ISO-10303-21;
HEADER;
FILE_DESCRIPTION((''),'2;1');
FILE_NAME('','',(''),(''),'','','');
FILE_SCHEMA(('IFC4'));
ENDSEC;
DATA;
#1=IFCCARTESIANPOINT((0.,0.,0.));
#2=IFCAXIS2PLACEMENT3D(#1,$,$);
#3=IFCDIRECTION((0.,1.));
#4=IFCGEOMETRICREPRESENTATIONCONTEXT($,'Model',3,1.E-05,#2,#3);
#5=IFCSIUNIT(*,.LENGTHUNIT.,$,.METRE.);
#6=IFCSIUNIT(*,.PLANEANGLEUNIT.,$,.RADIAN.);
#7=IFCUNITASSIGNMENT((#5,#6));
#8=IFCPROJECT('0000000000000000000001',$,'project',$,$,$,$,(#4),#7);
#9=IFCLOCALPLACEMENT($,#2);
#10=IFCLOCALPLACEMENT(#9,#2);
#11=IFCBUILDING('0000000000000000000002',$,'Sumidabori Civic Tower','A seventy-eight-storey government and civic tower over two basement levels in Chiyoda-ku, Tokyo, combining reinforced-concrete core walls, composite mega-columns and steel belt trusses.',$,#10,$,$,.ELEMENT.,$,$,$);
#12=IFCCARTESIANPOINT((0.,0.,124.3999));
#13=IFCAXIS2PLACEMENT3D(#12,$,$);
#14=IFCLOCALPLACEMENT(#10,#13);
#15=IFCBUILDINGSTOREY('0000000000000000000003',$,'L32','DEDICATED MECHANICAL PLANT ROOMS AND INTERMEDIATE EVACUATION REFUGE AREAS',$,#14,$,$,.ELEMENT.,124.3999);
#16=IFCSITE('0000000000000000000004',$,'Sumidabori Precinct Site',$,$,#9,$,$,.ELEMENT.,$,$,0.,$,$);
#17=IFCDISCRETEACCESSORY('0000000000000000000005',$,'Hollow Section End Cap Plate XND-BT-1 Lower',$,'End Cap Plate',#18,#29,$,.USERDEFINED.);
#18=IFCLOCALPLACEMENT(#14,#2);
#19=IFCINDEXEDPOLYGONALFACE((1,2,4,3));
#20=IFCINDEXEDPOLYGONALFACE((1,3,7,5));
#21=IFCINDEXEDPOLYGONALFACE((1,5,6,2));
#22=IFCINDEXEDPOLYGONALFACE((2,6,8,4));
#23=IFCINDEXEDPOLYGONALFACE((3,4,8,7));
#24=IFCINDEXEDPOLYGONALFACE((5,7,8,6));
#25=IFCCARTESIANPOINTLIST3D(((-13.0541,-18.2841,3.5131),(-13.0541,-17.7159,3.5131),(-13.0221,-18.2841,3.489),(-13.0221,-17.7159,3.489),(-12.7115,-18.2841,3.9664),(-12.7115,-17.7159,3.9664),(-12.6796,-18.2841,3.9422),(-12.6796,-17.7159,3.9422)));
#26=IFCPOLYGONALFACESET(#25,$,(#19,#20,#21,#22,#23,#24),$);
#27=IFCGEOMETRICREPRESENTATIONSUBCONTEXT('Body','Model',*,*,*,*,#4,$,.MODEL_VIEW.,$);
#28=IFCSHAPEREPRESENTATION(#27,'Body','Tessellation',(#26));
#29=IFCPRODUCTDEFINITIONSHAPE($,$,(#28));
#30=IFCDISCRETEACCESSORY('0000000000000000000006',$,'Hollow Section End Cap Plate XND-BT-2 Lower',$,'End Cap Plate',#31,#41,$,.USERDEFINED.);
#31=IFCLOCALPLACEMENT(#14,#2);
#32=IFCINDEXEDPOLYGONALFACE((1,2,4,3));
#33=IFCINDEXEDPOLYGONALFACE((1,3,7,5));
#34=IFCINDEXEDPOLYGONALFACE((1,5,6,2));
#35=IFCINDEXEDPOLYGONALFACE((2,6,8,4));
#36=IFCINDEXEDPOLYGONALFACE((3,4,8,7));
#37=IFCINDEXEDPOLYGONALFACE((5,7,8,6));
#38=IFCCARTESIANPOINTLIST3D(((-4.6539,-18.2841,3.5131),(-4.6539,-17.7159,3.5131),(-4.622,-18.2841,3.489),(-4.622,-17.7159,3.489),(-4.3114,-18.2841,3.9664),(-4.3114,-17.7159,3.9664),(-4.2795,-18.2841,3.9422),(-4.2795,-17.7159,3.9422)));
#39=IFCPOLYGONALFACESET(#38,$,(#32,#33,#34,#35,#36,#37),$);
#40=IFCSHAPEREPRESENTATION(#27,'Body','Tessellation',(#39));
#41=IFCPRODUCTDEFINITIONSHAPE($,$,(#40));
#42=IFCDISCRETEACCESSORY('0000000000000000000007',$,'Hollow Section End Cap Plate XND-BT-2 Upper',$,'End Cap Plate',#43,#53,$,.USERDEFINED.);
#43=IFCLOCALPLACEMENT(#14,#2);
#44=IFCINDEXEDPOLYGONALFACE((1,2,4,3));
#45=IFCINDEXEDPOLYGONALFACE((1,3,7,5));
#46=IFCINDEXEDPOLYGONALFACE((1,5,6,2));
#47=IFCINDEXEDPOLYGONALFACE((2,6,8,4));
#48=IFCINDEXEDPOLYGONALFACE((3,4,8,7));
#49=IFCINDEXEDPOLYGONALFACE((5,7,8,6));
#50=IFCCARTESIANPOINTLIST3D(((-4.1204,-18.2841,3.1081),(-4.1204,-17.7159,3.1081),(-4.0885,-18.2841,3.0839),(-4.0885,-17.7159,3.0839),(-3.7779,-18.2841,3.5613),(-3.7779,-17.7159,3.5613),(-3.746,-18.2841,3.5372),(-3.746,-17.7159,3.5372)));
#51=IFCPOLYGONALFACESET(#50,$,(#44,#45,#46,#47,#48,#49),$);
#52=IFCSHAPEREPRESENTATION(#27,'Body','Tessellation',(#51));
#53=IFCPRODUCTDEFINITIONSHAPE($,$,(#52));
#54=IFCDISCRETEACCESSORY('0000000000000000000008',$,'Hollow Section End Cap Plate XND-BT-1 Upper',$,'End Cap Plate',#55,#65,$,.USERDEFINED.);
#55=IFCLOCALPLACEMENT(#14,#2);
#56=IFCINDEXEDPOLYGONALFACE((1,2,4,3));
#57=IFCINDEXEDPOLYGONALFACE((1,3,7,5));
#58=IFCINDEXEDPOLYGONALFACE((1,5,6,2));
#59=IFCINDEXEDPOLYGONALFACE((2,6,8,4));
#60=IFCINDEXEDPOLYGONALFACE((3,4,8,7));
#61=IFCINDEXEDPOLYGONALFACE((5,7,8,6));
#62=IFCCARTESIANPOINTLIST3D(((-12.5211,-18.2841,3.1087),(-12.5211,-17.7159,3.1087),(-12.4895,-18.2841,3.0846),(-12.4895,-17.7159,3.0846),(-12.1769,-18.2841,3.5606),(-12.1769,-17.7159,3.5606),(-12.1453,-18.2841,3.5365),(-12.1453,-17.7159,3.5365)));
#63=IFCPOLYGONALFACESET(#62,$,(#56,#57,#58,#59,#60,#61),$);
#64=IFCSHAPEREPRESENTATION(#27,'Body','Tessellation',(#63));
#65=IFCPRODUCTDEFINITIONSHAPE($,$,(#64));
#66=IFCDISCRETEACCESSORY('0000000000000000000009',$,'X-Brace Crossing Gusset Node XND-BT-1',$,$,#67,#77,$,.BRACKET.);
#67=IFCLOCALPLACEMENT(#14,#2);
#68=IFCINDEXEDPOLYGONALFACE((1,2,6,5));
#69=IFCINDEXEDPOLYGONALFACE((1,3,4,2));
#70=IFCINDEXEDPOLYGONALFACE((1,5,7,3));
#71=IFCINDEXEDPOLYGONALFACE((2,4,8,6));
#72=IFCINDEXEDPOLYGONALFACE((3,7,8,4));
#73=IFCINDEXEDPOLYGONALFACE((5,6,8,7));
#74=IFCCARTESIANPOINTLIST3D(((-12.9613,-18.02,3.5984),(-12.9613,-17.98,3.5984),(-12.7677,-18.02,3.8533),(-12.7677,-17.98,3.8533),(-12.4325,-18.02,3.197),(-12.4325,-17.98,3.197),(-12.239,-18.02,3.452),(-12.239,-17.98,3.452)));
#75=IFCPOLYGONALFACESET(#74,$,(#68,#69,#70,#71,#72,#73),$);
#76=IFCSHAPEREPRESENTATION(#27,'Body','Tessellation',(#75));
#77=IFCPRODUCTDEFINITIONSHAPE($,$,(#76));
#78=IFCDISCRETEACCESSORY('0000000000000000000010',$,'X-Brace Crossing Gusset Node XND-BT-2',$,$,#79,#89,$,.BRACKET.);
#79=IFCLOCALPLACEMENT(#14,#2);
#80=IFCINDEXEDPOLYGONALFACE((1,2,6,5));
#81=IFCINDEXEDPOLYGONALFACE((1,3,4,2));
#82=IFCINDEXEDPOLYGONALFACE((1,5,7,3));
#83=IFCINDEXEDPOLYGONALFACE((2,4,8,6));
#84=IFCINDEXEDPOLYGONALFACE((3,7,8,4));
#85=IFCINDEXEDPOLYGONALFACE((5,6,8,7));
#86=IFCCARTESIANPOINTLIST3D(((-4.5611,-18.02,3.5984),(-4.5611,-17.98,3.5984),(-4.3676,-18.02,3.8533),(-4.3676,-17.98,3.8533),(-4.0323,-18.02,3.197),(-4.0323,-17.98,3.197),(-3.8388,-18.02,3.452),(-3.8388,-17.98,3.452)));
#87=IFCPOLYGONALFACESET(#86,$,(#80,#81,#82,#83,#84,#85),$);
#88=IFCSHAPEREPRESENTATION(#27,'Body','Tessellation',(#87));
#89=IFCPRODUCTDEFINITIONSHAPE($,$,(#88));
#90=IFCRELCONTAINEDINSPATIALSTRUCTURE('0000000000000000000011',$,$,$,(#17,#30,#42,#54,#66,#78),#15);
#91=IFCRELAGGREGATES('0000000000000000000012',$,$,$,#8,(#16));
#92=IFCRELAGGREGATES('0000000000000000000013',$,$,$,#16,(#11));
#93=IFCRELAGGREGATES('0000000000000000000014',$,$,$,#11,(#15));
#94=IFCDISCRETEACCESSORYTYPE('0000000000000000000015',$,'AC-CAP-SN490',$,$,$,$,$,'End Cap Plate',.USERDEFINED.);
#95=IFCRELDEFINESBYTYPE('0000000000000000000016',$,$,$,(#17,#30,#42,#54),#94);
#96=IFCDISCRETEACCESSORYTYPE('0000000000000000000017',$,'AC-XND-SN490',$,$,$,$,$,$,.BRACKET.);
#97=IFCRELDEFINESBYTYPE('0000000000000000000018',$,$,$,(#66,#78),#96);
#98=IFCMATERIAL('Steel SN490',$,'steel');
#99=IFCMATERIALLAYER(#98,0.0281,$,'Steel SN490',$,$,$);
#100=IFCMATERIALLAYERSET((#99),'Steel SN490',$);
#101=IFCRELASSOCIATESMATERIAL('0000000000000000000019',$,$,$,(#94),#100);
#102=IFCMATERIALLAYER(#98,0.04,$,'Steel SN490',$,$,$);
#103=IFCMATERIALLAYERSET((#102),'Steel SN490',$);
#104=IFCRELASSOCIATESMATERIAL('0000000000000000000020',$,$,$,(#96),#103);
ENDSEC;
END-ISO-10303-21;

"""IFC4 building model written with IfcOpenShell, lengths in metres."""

from ifc_helpers import new_model, si_unit, direction, frame, origin, origin_2d, place, context, subcontext, project, spatial, rectangle, extrude, source, transform, mapped, material, layer, layer_set, type_object, element, save


model = new_model("IFC4")

# Units and contexts
model_context = context("Model", 3, precision=1e-05, world=origin(), true_north=direction((0.0, 1.0)))
body_context = subcontext(model_context, "Body", "Model", "MODEL_VIEW")
ifc_project = project(units=[si_unit("LENGTHUNIT", "METRE"), si_unit("PLANEANGLEUNIT", "RADIAN")], contexts=[model_context])

# Site, building, storey
site_placement = place(None, origin())
site = spatial("IfcSite", under=ifc_project, at=site_placement, Name="Sumidabori Precinct Site", CompositionType="ELEMENT", RefElevation=0.0)
building_placement = place(site_placement, origin())
building = spatial("IfcBuilding", under=site, at=building_placement, Name="Sumidabori Civic Tower", Description="A seventy-eight-storey government and civic tower over two basement levels in Chiyoda-ku, Tokyo, combining reinforced-concrete core walls, composite mega-columns and steel belt trusses.", CompositionType="ELEMENT")
storey_placement = place(building_placement, frame((0.0, 0.0, 124.3999)))
storey = spatial("IfcBuildingStorey", under=building, at=storey_placement, Name="L32", Description="DEDICATED MECHANICAL PLANT ROOMS AND INTERMEDIATE EVACUATION REFUGE AREAS", CompositionType="ELEMENT", Elevation=124.3999)

# Shared definitions
ifc_material_1 = material(Name="Steel SN490", Category="steel")

# Discrete accessories
ifc_layer_1 = layer(ifc_material_1, 0.0281, Name="Steel SN490")
ifc_layer_set_1 = layer_set([ifc_layer_1], Name="Steel SN490")
discrete_accessory_type_1 = type_object("IfcDiscreteAccessoryType", Name="AC-CAP-SN490", ElementType="End Cap Plate", PredefinedType="USERDEFINED", material=ifc_layer_set_1)
shared_shape_1 = source(origin(), body_context, "Body", "SweptSolid", [
    extrude(rectangle(XDim=0.5681, YDim=0.5681, at=origin_2d()), origin(), (0.0, 0.0, 1.0), 0.04),
])
for number, where, z_axis, x_axis, name in (
    (1, (-12.8828, -18.0, 3.7397), (0.797802, 0.0, -0.602919), (0.0, 1.0, 0.0), "Hollow Section End Cap Plate XND-BT-1 Lower"),
    (2, (-4.4827, -18.0, 3.7397), (0.797802, 0.0, -0.602919), (0.0, 1.0, 0.0), "Hollow Section End Cap Plate XND-BT-2 Lower"),
    (3, (-3.9172, -18.0, 3.3105), (-0.797802, 0.0, 0.602919), (0.0, -1.0, 0.0), "Hollow Section End Cap Plate XND-BT-2 Upper"),
):
    element("IfcDiscreteAccessory", number, at=place(storey_placement, frame(where, z_axis=z_axis, x_axis=x_axis)), inside=storey, type_object=discrete_accessory_type_1, Name=name, ObjectType="End Cap Plate", PredefinedType="USERDEFINED", context=body_context, shape_type="MappedRepresentation", body=[
        mapped(shared_shape_1, transform((0.0, 0.0, 0.0), x_axis=(1.0, 0.0, 0.0), y_axis=(0.0, 1.0, 0.0), z_axis=(0.0, 0.0, 1.0), scale=1.0)),
    ])
shared_shape_2 = source(origin(), body_context, "Body", "SweptSolid", [
    extrude(rectangle(XDim=0.5681, YDim=0.5681, at=origin_2d()), origin(), (0.0, 0.0, 1.0), 0.0398),
])
discrete_accessory_placement = place(storey_placement, frame((-12.3174, -18.0, 3.3105), z_axis=(-0.795572, 0.0, 0.605859), x_axis=(0.0, -1.0, 0.0)))
element("IfcDiscreteAccessory", 4, at=discrete_accessory_placement, inside=storey, type_object=discrete_accessory_type_1, Name="Hollow Section End Cap Plate XND-BT-1 Upper", ObjectType="End Cap Plate", PredefinedType="USERDEFINED", context=body_context, shape_type="MappedRepresentation", body=[
    mapped(shared_shape_2, transform((0.0, 0.0, 0.0), x_axis=(1.0, 0.0, 0.0), y_axis=(0.0, 1.0, 0.0), z_axis=(0.0, 0.0, 1.0), scale=1.0)),
])
ifc_layer_2 = layer(ifc_material_1, 0.04, Name="Steel SN490")
ifc_layer_set_2 = layer_set([ifc_layer_2], Name="Steel SN490")
discrete_accessory_type_2 = type_object("IfcDiscreteAccessoryType", Name="AC-XND-SN490", PredefinedType="BRACKET", material=ifc_layer_set_2)
shared_shape_3 = source(origin(), body_context, "Body", "SweptSolid", [
    extrude(rectangle(XDim=0.04, YDim=0.3201, at=origin_2d()), origin(), (0.0, 0.0, 1.0), 0.6638),
])
for number, where, z_axis, x_axis, name in (
    (5, (-12.8645, -18.0, 3.7258), (0.796545, 0.0, -0.60458), (0.0, 1.0, 0.0), "X-Brace Crossing Gusset Node XND-BT-1"),
    (6, (-4.4644, -18.0, 3.7258), (0.796545, 0.0, -0.60458), (0.0, 1.0, 0.0), "X-Brace Crossing Gusset Node XND-BT-2"),
):
    element("IfcDiscreteAccessory", number, at=place(storey_placement, frame(where, z_axis=z_axis, x_axis=x_axis)), inside=storey, type_object=discrete_accessory_type_2, Name=name, PredefinedType="BRACKET", context=body_context, shape_type="MappedRepresentation", body=[
        mapped(shared_shape_3, transform((0.0, 0.0, 0.0), x_axis=(1.0, 0.0, 0.0), y_axis=(0.0, 1.0, 0.0), z_axis=(0.0, 0.0, 1.0), scale=1.0)),
    ])

save(model, "model.ifc")
